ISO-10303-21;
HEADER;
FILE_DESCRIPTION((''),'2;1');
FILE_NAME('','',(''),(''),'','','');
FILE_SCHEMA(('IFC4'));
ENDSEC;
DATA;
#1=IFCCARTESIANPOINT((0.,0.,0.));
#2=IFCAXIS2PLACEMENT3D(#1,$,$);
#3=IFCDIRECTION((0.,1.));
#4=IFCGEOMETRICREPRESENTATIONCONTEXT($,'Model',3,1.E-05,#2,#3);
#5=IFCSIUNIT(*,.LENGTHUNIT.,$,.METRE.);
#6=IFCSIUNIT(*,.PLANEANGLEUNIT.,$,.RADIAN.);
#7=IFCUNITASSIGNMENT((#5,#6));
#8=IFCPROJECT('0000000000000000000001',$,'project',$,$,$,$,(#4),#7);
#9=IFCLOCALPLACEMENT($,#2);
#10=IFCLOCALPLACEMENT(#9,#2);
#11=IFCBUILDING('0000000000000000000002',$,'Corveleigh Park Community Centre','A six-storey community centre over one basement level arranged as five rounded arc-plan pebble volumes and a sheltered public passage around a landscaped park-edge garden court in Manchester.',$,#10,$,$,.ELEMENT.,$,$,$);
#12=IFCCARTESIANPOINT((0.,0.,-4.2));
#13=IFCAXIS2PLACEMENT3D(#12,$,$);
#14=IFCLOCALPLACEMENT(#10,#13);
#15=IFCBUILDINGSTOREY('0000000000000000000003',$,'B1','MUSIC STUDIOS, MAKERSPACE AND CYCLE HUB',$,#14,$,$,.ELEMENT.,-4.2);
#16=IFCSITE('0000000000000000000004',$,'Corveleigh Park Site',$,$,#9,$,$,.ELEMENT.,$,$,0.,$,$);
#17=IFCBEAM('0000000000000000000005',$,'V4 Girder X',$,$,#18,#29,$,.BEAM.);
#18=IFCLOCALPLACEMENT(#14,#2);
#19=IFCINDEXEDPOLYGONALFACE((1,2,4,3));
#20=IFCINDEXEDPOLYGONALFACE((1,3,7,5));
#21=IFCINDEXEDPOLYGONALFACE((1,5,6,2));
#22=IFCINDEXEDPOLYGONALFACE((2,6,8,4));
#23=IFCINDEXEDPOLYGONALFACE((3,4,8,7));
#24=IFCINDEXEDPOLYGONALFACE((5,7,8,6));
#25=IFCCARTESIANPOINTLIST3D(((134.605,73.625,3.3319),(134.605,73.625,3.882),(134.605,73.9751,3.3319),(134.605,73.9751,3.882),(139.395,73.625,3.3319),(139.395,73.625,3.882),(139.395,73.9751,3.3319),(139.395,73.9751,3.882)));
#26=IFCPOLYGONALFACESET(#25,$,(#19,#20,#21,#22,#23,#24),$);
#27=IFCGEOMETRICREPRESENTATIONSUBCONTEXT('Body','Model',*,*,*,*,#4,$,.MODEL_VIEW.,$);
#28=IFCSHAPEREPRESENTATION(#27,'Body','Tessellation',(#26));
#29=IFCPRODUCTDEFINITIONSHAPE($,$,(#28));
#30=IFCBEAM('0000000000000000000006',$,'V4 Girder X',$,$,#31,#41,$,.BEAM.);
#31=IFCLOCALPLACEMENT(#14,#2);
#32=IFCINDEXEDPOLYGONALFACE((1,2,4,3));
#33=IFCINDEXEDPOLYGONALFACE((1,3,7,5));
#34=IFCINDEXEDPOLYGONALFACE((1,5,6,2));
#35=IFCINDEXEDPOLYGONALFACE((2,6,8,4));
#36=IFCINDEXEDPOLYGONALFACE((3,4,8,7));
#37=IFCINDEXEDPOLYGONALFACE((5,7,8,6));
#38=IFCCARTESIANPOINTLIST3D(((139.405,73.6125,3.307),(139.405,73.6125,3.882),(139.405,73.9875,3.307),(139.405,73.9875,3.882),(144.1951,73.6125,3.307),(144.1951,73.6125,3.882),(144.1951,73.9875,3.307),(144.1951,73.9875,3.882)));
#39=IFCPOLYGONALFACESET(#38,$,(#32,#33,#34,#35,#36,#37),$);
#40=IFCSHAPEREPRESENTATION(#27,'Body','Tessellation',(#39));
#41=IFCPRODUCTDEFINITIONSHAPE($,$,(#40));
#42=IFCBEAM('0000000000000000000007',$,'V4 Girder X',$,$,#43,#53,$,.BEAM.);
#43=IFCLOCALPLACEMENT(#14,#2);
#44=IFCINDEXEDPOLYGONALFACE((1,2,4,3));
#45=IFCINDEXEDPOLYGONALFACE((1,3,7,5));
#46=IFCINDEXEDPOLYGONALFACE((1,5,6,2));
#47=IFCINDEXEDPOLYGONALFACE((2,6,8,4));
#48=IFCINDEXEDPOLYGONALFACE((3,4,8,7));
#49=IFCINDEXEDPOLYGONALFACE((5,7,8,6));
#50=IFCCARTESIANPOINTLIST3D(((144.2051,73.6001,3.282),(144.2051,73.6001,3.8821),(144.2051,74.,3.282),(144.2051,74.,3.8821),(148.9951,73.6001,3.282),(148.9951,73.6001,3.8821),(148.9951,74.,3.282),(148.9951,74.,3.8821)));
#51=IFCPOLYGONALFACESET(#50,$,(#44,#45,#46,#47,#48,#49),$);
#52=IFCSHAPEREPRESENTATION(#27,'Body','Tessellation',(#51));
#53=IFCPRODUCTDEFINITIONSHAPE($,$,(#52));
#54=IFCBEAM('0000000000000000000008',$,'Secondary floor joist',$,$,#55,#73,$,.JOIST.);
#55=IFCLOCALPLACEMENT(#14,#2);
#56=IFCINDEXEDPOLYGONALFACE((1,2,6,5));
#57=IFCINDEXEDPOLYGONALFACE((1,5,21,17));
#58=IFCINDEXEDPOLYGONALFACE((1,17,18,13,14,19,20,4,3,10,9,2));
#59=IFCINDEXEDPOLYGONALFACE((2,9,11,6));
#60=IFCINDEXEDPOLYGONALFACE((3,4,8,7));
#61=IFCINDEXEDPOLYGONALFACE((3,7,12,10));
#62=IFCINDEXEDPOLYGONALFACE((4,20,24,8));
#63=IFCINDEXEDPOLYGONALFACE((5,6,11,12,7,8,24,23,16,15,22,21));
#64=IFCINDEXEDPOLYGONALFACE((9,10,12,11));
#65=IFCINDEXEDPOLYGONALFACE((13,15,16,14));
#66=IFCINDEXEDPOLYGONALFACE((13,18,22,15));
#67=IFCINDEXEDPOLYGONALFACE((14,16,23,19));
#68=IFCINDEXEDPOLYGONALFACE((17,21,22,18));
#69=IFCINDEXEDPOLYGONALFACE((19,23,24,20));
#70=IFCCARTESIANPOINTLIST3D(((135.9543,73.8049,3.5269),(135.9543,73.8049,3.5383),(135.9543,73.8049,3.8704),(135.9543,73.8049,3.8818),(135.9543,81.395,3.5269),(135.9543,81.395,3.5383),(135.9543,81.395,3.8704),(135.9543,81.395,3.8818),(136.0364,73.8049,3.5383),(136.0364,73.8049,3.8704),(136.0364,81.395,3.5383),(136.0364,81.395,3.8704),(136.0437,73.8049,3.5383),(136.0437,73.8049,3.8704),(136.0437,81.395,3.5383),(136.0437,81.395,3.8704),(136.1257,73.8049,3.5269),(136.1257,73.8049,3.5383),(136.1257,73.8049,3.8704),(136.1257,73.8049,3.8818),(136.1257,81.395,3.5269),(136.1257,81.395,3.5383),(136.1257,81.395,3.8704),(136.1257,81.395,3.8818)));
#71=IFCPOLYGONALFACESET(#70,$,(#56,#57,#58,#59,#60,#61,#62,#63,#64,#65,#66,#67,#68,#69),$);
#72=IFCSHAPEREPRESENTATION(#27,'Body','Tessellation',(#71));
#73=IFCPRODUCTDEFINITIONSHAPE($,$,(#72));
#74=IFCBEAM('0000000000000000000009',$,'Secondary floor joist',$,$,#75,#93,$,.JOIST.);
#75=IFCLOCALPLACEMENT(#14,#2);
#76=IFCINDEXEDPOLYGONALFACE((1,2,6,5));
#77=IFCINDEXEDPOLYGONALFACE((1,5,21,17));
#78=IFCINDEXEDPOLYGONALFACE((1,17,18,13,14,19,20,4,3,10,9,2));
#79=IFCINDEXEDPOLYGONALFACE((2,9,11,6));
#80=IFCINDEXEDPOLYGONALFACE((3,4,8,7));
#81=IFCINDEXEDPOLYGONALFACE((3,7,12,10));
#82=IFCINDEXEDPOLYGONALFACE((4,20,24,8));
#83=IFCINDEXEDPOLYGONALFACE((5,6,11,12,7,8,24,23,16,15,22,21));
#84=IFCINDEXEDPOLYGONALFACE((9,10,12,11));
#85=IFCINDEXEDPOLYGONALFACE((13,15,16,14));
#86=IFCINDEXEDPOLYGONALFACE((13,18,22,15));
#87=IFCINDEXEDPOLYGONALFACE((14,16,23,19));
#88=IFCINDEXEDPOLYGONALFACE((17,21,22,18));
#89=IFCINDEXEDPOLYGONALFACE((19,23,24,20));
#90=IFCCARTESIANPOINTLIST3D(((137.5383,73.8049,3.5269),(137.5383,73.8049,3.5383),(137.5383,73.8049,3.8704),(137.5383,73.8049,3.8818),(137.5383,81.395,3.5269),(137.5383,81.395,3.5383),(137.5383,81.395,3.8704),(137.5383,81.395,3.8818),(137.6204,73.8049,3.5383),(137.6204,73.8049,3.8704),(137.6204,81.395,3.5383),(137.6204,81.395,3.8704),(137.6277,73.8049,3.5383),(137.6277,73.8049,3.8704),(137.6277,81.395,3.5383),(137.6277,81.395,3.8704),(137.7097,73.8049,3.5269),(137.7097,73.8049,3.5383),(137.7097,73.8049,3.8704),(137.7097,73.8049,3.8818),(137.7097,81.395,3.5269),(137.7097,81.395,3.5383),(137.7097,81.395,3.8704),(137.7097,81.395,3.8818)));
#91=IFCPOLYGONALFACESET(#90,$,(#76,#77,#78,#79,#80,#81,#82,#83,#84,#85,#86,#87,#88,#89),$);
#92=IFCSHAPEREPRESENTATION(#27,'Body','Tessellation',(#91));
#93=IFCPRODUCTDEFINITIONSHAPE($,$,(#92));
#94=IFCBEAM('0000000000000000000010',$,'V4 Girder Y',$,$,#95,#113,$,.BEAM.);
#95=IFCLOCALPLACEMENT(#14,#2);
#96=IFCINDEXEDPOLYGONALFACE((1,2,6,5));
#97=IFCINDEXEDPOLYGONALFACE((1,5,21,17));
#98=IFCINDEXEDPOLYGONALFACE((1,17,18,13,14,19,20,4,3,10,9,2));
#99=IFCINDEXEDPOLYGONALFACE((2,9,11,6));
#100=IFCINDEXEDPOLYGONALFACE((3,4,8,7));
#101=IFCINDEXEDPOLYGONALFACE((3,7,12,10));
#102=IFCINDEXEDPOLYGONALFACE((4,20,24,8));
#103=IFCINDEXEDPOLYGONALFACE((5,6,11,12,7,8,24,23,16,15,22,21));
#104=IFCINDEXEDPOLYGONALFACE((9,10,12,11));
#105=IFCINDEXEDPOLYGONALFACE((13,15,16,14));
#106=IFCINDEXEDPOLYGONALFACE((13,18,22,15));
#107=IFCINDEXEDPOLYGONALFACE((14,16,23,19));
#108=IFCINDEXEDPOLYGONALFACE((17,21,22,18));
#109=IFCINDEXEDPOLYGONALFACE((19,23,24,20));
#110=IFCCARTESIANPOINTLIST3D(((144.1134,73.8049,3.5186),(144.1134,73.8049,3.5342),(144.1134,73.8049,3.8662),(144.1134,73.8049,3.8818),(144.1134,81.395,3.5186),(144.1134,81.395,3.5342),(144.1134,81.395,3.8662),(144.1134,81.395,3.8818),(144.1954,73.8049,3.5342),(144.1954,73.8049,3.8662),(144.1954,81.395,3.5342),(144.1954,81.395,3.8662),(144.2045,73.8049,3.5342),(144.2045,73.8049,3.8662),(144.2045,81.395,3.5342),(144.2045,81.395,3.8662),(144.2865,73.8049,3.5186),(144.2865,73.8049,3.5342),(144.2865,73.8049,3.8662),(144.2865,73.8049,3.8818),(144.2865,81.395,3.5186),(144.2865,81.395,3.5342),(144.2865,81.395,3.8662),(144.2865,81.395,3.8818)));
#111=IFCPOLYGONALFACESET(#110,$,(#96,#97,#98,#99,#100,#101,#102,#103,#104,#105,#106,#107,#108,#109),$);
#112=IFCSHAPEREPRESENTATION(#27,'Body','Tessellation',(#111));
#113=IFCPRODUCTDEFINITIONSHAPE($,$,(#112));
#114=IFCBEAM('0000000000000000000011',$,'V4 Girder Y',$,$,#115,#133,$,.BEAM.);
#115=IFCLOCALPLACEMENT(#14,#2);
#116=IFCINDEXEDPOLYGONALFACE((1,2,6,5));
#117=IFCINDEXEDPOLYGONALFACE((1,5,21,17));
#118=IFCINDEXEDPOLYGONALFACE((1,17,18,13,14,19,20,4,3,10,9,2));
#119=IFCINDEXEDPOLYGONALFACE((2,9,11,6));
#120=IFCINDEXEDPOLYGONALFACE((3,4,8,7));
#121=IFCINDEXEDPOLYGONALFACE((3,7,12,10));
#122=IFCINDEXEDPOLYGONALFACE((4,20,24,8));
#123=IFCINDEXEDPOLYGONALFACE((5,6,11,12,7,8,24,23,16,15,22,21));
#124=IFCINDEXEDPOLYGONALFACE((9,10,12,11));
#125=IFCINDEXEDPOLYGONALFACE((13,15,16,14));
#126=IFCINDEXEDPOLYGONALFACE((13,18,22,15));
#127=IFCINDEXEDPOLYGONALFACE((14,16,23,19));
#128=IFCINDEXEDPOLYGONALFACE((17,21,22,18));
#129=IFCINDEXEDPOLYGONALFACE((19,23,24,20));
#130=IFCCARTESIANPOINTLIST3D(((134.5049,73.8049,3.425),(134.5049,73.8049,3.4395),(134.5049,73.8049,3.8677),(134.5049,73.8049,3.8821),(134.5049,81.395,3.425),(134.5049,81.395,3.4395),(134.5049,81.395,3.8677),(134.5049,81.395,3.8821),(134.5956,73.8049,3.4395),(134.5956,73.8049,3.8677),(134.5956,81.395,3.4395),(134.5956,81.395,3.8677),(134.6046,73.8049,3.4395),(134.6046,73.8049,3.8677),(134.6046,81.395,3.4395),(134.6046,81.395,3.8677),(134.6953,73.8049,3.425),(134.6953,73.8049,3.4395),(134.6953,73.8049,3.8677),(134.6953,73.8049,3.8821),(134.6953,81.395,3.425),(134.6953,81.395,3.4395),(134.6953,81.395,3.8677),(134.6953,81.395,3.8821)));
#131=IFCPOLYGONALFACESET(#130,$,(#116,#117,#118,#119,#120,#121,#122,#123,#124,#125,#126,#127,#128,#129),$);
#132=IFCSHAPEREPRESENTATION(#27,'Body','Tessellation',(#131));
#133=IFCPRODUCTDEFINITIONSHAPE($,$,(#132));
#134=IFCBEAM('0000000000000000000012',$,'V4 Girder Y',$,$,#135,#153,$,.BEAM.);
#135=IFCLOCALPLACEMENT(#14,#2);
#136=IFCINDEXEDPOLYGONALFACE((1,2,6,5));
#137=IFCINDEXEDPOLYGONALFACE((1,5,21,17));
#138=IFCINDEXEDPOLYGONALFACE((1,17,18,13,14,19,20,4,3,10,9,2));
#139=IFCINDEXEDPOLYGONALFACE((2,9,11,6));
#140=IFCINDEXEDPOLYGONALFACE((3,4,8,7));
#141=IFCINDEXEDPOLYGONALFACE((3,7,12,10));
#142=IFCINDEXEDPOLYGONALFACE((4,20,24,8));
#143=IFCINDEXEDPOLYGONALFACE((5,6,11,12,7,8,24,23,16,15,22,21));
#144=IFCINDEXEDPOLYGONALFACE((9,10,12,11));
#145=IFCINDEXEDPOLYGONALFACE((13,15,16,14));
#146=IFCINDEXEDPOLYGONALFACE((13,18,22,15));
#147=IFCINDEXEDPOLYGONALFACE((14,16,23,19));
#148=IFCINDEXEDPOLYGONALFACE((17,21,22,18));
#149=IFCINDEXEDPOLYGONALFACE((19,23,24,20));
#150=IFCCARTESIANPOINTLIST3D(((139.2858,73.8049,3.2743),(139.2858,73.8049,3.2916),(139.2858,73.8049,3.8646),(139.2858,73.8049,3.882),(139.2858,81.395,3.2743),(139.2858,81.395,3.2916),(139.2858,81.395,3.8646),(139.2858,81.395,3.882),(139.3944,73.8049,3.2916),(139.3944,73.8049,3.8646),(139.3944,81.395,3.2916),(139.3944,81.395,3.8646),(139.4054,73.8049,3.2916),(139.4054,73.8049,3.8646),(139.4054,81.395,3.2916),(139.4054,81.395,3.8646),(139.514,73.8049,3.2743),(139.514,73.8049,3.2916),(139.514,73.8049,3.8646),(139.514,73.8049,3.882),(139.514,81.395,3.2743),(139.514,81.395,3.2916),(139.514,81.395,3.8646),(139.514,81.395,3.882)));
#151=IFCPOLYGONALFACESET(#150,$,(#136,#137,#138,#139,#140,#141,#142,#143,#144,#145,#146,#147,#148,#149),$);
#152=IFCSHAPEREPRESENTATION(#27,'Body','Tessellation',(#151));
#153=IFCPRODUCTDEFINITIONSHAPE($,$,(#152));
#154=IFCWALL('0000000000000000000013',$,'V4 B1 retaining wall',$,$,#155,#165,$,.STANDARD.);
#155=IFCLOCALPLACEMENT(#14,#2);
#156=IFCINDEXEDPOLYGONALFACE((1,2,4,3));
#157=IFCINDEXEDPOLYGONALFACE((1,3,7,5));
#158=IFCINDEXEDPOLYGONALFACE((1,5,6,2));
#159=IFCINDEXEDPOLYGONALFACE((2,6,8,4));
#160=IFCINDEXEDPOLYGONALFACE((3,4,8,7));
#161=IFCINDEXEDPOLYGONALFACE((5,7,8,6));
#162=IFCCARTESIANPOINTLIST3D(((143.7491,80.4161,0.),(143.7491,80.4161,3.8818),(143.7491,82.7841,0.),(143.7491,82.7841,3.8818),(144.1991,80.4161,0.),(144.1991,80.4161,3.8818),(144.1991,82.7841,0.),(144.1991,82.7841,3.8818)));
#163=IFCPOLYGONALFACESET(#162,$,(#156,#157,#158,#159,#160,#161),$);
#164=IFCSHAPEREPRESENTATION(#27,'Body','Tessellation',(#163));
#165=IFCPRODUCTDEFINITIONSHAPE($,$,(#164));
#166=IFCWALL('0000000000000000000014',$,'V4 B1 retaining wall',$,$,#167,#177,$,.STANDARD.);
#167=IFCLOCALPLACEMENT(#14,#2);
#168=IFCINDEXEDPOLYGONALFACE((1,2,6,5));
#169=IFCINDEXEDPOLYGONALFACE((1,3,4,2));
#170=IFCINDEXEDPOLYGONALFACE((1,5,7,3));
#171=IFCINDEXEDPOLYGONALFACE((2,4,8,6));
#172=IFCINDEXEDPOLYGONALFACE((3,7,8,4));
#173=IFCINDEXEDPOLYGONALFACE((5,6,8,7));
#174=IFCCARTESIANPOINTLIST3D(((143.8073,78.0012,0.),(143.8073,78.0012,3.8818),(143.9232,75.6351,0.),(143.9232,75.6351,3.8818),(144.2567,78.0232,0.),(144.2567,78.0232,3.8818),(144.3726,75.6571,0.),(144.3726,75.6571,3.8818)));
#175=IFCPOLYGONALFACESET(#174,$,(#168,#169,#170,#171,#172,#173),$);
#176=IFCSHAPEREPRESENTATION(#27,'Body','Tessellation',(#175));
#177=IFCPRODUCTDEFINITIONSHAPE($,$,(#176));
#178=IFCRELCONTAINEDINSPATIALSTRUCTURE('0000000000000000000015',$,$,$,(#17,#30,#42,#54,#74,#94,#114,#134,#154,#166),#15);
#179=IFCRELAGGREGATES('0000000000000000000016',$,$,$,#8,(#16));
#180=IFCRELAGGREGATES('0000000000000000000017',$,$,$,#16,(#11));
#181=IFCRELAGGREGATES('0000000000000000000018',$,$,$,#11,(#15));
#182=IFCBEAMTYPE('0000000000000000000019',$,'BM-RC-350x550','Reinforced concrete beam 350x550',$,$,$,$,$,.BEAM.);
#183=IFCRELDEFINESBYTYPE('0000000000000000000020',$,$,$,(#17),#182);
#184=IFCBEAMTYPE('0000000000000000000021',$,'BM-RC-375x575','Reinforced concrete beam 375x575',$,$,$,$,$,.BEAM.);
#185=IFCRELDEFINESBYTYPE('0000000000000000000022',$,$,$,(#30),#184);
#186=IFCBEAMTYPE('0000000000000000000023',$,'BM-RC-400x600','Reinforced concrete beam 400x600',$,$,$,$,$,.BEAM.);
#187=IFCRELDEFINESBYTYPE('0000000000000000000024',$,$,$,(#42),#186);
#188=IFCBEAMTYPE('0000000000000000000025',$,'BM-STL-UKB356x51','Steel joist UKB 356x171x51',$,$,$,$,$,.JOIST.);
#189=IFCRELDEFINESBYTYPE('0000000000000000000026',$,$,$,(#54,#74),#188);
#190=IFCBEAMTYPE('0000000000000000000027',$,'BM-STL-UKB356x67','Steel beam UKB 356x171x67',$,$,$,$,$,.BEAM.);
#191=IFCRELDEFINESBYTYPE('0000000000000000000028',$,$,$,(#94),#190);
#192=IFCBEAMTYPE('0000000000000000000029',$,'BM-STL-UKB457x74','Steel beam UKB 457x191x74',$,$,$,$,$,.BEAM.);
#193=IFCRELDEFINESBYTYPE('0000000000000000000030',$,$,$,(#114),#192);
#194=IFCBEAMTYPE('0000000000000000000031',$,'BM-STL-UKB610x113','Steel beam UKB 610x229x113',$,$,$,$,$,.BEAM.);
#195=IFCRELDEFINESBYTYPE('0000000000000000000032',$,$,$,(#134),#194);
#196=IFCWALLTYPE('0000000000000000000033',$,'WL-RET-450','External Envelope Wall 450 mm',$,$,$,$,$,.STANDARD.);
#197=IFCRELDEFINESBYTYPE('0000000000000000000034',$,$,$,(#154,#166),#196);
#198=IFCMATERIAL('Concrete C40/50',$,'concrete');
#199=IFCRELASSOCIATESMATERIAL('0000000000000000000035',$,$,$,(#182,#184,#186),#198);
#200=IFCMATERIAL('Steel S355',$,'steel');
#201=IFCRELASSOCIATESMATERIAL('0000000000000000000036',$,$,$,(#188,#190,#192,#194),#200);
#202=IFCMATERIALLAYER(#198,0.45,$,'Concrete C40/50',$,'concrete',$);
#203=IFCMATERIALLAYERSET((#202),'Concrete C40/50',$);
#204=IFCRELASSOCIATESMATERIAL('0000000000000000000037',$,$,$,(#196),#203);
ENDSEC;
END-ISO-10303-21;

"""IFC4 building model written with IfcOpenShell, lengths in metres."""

from ifc_helpers import new_model, si_unit, direction, frame, frame_2d, origin, origin_2d, place, context, subcontext, project, spatial, rectangle, i_section, extrude, material, layer, layer_set, material_profile, profile_set, type_object, element, save


model = new_model("IFC4")

# Units and contexts
model_context = context("Model", 3, precision=1e-05, world=origin(), true_north=direction((0.0, 1.0)))
body_context = subcontext(model_context, "Body", "Model", "MODEL_VIEW")
ifc_project = project(units=[si_unit("LENGTHUNIT", "METRE"), si_unit("PLANEANGLEUNIT", "RADIAN")], contexts=[model_context])

# Site, building, storey
site_placement = place(None, origin())
site = spatial("IfcSite", under=ifc_project, at=site_placement, Name="Corveleigh Park Site", CompositionType="ELEMENT", RefElevation=0.0)
building_placement = place(site_placement, origin())
building = spatial("IfcBuilding", under=site, at=building_placement, Name="Corveleigh Park Community Centre", Description="A six-storey community centre over one basement level arranged as five rounded arc-plan pebble volumes and a sheltered public passage around a landscaped park-edge garden court in Manchester.", CompositionType="ELEMENT")
storey_placement = place(building_placement, frame((0.0, 0.0, -4.2)))
storey = spatial("IfcBuildingStorey", under=building, at=storey_placement, Name="B1", Description="MUSIC STUDIOS, MAKERSPACE AND CYCLE HUB", CompositionType="ELEMENT", Elevation=-4.2)

# Shared definitions
ifc_material_1 = material(Name="Concrete C40/50", Category="concrete")

# Shared definitions
ifc_material_2 = material(Name="Steel S355", Category="steel")

# Beams
ifc_material_profile_1 = material_profile(ifc_material_1, rectangle(XDim=0.3501, YDim=0.55, at=origin_2d()), Name="RC-350x550", Category="concrete")
ifc_profile_set_1 = profile_set([ifc_material_profile_1], Name="Concrete C40/50")
beam_type_1 = type_object("IfcBeamType", Name="BM-RC-350x550", Description="Reinforced concrete beam 350x550", PredefinedType="BEAM", material=ifc_profile_set_1)
beam_1_placement = place(storey_placement, frame((134.605, 73.8, 3.6069), z_axis=(1.0, 0.0, 0.0), x_axis=(0.0, 1.0, 0.0)))
element("IfcBeam", 1, at=beam_1_placement, inside=storey, type_object=beam_type_1, Name="V4 Girder X", PredefinedType="BEAM", context=body_context, shape_type="SweptSolid", body=[
    extrude(rectangle(XDim=0.3501, YDim=0.55, at=origin_2d()), origin(), (0.0, 0.0, 1.0), 4.79),
])
ifc_material_profile_2 = material_profile(ifc_material_1, rectangle(XDim=0.375, YDim=0.575, at=origin_2d()), Name="RC-375x575", Category="concrete")
ifc_profile_set_2 = profile_set([ifc_material_profile_2], Name="Concrete C40/50")
beam_type_2 = type_object("IfcBeamType", Name="BM-RC-375x575", Description="Reinforced concrete beam 375x575", PredefinedType="BEAM", material=ifc_profile_set_2)
beam_2_placement = place(storey_placement, frame((139.405, 73.8, 3.5945), z_axis=(1.0, 0.0, 0.0), x_axis=(0.0, 1.0, 0.0)))
element("IfcBeam", 2, at=beam_2_placement, inside=storey, type_object=beam_type_2, Name="V4 Girder X", PredefinedType="BEAM", context=body_context, shape_type="SweptSolid", body=[
    extrude(rectangle(XDim=0.375, YDim=0.575, at=origin_2d()), origin(), (0.0, 0.0, 1.0), 4.79),
])
ifc_material_profile_3 = material_profile(ifc_material_1, rectangle(XDim=0.3999, YDim=0.6001, at=origin_2d()), Name="RC-400x600", Category="concrete")
ifc_profile_set_3 = profile_set([ifc_material_profile_3], Name="Concrete C40/50")
beam_type_3 = type_object("IfcBeamType", Name="BM-RC-400x600", Description="Reinforced concrete beam 400x600", PredefinedType="BEAM", material=ifc_profile_set_3)
beam_3_placement = place(storey_placement, frame((144.2051, 73.8, 3.582), z_axis=(1.0, 0.0, 0.0), x_axis=(0.0, 1.0, 0.0)))
element("IfcBeam", 3, at=beam_3_placement, inside=storey, type_object=beam_type_3, Name="V4 Girder X", PredefinedType="BEAM", context=body_context, shape_type="SweptSolid", body=[
    extrude(rectangle(XDim=0.3999, YDim=0.6001, at=origin_2d()), origin(), (0.0, 0.0, 1.0), 4.79),
])
ifc_material_profile_4 = material_profile(ifc_material_2, i_section(OverallWidth=0.1714, OverallDepth=0.355, WebThickness=0.0073, FlangeThickness=0.0115, at=origin_2d()), Name="UKB 356x171x51", Category="steel")
ifc_profile_set_4 = profile_set([ifc_material_profile_4], Name="Steel S355")
beam_type_4 = type_object("IfcBeamType", Name="BM-STL-UKB356x51", Description="Steel joist UKB 356x171x51", PredefinedType="JOIST", material=ifc_profile_set_4)
for number, where, z_axis, x_axis, name in (
    (4, (136.04, 73.8049, 3.7043), (0.0, 1.0, 0.0), (-1.0, 0.0, 0.0), "Secondary floor joist"),
    (5, (137.624, 73.8049, 3.7043), (0.0, 1.0, 0.0), (-1.0, 0.0, 0.0), "Secondary floor joist"),
):
    element("IfcBeam", number, at=place(storey_placement, frame(where, z_axis=z_axis, x_axis=x_axis)), inside=storey, type_object=beam_type_4, Name=name, PredefinedType="JOIST", context=body_context, shape_type="SweptSolid", body=[
        extrude(i_section(OverallWidth=0.1714, OverallDepth=0.355, WebThickness=0.0073, FlangeThickness=0.0115, at=origin_2d()), origin(), (0.0, 0.0, 1.0), 7.5901),
    ])
ifc_material_profile_5 = material_profile(ifc_material_2, i_section(OverallWidth=0.1731, OverallDepth=0.3633, WebThickness=0.009, FlangeThickness=0.0156, at=origin_2d()), Name="UKB 356x171x67", Category="steel")
ifc_profile_set_5 = profile_set([ifc_material_profile_5], Name="Steel S355")
beam_type_5 = type_object("IfcBeamType", Name="BM-STL-UKB356x67", Description="Steel beam UKB 356x171x67", PredefinedType="BEAM", material=ifc_profile_set_5)
beam_4_placement = place(storey_placement, frame((144.2, 73.8049, 3.7002), z_axis=(0.0, 1.0, 0.0), x_axis=(-1.0, 0.0, 0.0)))
element("IfcBeam", 6, at=beam_4_placement, inside=storey, type_object=beam_type_5, Name="V4 Girder Y", PredefinedType="BEAM", context=body_context, shape_type="SweptSolid", body=[
    extrude(i_section(OverallWidth=0.1731, OverallDepth=0.3633, WebThickness=0.009, FlangeThickness=0.0156, at=origin_2d()), origin(), (0.0, 0.0, 1.0), 7.5901),
])
ifc_material_profile_6 = material_profile(ifc_material_2, i_section(OverallWidth=0.1904, OverallDepth=0.457, WebThickness=0.009, FlangeThickness=0.0144, at=origin_2d()), Name="UKB 457x191x74", Category="steel")
ifc_profile_set_6 = profile_set([ifc_material_profile_6], Name="Steel S355")
beam_type_6 = type_object("IfcBeamType", Name="BM-STL-UKB457x74", Description="Steel beam UKB 457x191x74", PredefinedType="BEAM", material=ifc_profile_set_6)
beam_5_placement = place(storey_placement, frame((134.6001, 73.8049, 3.6536), z_axis=(0.0, 1.0, 0.0), x_axis=(-1.0, 0.0, 0.0)))
element("IfcBeam", 7, at=beam_5_placement, inside=storey, type_object=beam_type_6, Name="V4 Girder Y", PredefinedType="BEAM", context=body_context, shape_type="SweptSolid", body=[
    extrude(i_section(OverallWidth=0.1904, OverallDepth=0.457, WebThickness=0.009, FlangeThickness=0.0144, at=origin_2d()), origin(), (0.0, 0.0, 1.0), 7.5901),
])
ifc_material_profile_7 = material_profile(ifc_material_2, i_section(OverallWidth=0.2283, OverallDepth=0.6077, WebThickness=0.011, FlangeThickness=0.0173, at=origin_2d()), Name="UKB 610x229x113", Category="steel")
ifc_profile_set_7 = profile_set([ifc_material_profile_7], Name="Steel S355")
beam_type_7 = type_object("IfcBeamType", Name="BM-STL-UKB610x113", Description="Steel beam UKB 610x229x113", PredefinedType="BEAM", material=ifc_profile_set_7)
beam_6_placement = place(storey_placement, frame((139.3999, 73.8049, 3.5781), z_axis=(0.0, 1.0, 0.0), x_axis=(-1.0, 0.0, 0.0)))
element("IfcBeam", 8, at=beam_6_placement, inside=storey, type_object=beam_type_7, Name="V4 Girder Y", PredefinedType="BEAM", context=body_context, shape_type="SweptSolid", body=[
    extrude(i_section(OverallWidth=0.2283, OverallDepth=0.6077, WebThickness=0.011, FlangeThickness=0.0173, at=origin_2d()), origin(), (0.0, 0.0, 1.0), 7.5901),
])

# Walls
ifc_layer_1 = layer(ifc_material_1, 0.45, Name="Concrete C40/50", Category="concrete")
ifc_layer_set_1 = layer_set([ifc_layer_1], Name="Concrete C40/50")
wall_type_1 = type_object("IfcWallType", Name="WL-RET-450", Description="External Envelope Wall 450 mm", PredefinedType="STANDARD", material=ifc_layer_set_1)
wall_1_placement = place(storey_placement, frame((143.9741, 80.416, 0.0), z_axis=(0.0, 0.0, 1.0), x_axis=(0.0, 1.0, 0.0)))
element("IfcWall", 9, at=wall_1_placement, inside=storey, type_object=wall_type_1, Name="V4 B1 retaining wall", PredefinedType="STANDARD", context=body_context, shape_type="SweptSolid", body=[
    extrude(rectangle(XDim=2.3679, YDim=0.45, at=frame_2d((1.1841, 0.0))), origin(), (0.0, 0.0, 1.0), 3.8818),
])
wall_2_placement = place(storey_placement, frame((144.1479, 75.646, 0.0), z_axis=(0.0, 0.0, 1.0), x_axis=(-0.048956, 0.998801, 0.0)))
element("IfcWall", 10, at=wall_2_placement, inside=storey, type_object=wall_type_1, Name="V4 B1 retaining wall", PredefinedType="STANDARD", context=body_context, shape_type="SweptSolid", body=[
    extrude(rectangle(XDim=2.3689, YDim=0.45, at=frame_2d((1.1846, 0.0))), origin(), (0.0, 0.0, 1.0), 3.8818),
])

save(model, "model.ifc")
